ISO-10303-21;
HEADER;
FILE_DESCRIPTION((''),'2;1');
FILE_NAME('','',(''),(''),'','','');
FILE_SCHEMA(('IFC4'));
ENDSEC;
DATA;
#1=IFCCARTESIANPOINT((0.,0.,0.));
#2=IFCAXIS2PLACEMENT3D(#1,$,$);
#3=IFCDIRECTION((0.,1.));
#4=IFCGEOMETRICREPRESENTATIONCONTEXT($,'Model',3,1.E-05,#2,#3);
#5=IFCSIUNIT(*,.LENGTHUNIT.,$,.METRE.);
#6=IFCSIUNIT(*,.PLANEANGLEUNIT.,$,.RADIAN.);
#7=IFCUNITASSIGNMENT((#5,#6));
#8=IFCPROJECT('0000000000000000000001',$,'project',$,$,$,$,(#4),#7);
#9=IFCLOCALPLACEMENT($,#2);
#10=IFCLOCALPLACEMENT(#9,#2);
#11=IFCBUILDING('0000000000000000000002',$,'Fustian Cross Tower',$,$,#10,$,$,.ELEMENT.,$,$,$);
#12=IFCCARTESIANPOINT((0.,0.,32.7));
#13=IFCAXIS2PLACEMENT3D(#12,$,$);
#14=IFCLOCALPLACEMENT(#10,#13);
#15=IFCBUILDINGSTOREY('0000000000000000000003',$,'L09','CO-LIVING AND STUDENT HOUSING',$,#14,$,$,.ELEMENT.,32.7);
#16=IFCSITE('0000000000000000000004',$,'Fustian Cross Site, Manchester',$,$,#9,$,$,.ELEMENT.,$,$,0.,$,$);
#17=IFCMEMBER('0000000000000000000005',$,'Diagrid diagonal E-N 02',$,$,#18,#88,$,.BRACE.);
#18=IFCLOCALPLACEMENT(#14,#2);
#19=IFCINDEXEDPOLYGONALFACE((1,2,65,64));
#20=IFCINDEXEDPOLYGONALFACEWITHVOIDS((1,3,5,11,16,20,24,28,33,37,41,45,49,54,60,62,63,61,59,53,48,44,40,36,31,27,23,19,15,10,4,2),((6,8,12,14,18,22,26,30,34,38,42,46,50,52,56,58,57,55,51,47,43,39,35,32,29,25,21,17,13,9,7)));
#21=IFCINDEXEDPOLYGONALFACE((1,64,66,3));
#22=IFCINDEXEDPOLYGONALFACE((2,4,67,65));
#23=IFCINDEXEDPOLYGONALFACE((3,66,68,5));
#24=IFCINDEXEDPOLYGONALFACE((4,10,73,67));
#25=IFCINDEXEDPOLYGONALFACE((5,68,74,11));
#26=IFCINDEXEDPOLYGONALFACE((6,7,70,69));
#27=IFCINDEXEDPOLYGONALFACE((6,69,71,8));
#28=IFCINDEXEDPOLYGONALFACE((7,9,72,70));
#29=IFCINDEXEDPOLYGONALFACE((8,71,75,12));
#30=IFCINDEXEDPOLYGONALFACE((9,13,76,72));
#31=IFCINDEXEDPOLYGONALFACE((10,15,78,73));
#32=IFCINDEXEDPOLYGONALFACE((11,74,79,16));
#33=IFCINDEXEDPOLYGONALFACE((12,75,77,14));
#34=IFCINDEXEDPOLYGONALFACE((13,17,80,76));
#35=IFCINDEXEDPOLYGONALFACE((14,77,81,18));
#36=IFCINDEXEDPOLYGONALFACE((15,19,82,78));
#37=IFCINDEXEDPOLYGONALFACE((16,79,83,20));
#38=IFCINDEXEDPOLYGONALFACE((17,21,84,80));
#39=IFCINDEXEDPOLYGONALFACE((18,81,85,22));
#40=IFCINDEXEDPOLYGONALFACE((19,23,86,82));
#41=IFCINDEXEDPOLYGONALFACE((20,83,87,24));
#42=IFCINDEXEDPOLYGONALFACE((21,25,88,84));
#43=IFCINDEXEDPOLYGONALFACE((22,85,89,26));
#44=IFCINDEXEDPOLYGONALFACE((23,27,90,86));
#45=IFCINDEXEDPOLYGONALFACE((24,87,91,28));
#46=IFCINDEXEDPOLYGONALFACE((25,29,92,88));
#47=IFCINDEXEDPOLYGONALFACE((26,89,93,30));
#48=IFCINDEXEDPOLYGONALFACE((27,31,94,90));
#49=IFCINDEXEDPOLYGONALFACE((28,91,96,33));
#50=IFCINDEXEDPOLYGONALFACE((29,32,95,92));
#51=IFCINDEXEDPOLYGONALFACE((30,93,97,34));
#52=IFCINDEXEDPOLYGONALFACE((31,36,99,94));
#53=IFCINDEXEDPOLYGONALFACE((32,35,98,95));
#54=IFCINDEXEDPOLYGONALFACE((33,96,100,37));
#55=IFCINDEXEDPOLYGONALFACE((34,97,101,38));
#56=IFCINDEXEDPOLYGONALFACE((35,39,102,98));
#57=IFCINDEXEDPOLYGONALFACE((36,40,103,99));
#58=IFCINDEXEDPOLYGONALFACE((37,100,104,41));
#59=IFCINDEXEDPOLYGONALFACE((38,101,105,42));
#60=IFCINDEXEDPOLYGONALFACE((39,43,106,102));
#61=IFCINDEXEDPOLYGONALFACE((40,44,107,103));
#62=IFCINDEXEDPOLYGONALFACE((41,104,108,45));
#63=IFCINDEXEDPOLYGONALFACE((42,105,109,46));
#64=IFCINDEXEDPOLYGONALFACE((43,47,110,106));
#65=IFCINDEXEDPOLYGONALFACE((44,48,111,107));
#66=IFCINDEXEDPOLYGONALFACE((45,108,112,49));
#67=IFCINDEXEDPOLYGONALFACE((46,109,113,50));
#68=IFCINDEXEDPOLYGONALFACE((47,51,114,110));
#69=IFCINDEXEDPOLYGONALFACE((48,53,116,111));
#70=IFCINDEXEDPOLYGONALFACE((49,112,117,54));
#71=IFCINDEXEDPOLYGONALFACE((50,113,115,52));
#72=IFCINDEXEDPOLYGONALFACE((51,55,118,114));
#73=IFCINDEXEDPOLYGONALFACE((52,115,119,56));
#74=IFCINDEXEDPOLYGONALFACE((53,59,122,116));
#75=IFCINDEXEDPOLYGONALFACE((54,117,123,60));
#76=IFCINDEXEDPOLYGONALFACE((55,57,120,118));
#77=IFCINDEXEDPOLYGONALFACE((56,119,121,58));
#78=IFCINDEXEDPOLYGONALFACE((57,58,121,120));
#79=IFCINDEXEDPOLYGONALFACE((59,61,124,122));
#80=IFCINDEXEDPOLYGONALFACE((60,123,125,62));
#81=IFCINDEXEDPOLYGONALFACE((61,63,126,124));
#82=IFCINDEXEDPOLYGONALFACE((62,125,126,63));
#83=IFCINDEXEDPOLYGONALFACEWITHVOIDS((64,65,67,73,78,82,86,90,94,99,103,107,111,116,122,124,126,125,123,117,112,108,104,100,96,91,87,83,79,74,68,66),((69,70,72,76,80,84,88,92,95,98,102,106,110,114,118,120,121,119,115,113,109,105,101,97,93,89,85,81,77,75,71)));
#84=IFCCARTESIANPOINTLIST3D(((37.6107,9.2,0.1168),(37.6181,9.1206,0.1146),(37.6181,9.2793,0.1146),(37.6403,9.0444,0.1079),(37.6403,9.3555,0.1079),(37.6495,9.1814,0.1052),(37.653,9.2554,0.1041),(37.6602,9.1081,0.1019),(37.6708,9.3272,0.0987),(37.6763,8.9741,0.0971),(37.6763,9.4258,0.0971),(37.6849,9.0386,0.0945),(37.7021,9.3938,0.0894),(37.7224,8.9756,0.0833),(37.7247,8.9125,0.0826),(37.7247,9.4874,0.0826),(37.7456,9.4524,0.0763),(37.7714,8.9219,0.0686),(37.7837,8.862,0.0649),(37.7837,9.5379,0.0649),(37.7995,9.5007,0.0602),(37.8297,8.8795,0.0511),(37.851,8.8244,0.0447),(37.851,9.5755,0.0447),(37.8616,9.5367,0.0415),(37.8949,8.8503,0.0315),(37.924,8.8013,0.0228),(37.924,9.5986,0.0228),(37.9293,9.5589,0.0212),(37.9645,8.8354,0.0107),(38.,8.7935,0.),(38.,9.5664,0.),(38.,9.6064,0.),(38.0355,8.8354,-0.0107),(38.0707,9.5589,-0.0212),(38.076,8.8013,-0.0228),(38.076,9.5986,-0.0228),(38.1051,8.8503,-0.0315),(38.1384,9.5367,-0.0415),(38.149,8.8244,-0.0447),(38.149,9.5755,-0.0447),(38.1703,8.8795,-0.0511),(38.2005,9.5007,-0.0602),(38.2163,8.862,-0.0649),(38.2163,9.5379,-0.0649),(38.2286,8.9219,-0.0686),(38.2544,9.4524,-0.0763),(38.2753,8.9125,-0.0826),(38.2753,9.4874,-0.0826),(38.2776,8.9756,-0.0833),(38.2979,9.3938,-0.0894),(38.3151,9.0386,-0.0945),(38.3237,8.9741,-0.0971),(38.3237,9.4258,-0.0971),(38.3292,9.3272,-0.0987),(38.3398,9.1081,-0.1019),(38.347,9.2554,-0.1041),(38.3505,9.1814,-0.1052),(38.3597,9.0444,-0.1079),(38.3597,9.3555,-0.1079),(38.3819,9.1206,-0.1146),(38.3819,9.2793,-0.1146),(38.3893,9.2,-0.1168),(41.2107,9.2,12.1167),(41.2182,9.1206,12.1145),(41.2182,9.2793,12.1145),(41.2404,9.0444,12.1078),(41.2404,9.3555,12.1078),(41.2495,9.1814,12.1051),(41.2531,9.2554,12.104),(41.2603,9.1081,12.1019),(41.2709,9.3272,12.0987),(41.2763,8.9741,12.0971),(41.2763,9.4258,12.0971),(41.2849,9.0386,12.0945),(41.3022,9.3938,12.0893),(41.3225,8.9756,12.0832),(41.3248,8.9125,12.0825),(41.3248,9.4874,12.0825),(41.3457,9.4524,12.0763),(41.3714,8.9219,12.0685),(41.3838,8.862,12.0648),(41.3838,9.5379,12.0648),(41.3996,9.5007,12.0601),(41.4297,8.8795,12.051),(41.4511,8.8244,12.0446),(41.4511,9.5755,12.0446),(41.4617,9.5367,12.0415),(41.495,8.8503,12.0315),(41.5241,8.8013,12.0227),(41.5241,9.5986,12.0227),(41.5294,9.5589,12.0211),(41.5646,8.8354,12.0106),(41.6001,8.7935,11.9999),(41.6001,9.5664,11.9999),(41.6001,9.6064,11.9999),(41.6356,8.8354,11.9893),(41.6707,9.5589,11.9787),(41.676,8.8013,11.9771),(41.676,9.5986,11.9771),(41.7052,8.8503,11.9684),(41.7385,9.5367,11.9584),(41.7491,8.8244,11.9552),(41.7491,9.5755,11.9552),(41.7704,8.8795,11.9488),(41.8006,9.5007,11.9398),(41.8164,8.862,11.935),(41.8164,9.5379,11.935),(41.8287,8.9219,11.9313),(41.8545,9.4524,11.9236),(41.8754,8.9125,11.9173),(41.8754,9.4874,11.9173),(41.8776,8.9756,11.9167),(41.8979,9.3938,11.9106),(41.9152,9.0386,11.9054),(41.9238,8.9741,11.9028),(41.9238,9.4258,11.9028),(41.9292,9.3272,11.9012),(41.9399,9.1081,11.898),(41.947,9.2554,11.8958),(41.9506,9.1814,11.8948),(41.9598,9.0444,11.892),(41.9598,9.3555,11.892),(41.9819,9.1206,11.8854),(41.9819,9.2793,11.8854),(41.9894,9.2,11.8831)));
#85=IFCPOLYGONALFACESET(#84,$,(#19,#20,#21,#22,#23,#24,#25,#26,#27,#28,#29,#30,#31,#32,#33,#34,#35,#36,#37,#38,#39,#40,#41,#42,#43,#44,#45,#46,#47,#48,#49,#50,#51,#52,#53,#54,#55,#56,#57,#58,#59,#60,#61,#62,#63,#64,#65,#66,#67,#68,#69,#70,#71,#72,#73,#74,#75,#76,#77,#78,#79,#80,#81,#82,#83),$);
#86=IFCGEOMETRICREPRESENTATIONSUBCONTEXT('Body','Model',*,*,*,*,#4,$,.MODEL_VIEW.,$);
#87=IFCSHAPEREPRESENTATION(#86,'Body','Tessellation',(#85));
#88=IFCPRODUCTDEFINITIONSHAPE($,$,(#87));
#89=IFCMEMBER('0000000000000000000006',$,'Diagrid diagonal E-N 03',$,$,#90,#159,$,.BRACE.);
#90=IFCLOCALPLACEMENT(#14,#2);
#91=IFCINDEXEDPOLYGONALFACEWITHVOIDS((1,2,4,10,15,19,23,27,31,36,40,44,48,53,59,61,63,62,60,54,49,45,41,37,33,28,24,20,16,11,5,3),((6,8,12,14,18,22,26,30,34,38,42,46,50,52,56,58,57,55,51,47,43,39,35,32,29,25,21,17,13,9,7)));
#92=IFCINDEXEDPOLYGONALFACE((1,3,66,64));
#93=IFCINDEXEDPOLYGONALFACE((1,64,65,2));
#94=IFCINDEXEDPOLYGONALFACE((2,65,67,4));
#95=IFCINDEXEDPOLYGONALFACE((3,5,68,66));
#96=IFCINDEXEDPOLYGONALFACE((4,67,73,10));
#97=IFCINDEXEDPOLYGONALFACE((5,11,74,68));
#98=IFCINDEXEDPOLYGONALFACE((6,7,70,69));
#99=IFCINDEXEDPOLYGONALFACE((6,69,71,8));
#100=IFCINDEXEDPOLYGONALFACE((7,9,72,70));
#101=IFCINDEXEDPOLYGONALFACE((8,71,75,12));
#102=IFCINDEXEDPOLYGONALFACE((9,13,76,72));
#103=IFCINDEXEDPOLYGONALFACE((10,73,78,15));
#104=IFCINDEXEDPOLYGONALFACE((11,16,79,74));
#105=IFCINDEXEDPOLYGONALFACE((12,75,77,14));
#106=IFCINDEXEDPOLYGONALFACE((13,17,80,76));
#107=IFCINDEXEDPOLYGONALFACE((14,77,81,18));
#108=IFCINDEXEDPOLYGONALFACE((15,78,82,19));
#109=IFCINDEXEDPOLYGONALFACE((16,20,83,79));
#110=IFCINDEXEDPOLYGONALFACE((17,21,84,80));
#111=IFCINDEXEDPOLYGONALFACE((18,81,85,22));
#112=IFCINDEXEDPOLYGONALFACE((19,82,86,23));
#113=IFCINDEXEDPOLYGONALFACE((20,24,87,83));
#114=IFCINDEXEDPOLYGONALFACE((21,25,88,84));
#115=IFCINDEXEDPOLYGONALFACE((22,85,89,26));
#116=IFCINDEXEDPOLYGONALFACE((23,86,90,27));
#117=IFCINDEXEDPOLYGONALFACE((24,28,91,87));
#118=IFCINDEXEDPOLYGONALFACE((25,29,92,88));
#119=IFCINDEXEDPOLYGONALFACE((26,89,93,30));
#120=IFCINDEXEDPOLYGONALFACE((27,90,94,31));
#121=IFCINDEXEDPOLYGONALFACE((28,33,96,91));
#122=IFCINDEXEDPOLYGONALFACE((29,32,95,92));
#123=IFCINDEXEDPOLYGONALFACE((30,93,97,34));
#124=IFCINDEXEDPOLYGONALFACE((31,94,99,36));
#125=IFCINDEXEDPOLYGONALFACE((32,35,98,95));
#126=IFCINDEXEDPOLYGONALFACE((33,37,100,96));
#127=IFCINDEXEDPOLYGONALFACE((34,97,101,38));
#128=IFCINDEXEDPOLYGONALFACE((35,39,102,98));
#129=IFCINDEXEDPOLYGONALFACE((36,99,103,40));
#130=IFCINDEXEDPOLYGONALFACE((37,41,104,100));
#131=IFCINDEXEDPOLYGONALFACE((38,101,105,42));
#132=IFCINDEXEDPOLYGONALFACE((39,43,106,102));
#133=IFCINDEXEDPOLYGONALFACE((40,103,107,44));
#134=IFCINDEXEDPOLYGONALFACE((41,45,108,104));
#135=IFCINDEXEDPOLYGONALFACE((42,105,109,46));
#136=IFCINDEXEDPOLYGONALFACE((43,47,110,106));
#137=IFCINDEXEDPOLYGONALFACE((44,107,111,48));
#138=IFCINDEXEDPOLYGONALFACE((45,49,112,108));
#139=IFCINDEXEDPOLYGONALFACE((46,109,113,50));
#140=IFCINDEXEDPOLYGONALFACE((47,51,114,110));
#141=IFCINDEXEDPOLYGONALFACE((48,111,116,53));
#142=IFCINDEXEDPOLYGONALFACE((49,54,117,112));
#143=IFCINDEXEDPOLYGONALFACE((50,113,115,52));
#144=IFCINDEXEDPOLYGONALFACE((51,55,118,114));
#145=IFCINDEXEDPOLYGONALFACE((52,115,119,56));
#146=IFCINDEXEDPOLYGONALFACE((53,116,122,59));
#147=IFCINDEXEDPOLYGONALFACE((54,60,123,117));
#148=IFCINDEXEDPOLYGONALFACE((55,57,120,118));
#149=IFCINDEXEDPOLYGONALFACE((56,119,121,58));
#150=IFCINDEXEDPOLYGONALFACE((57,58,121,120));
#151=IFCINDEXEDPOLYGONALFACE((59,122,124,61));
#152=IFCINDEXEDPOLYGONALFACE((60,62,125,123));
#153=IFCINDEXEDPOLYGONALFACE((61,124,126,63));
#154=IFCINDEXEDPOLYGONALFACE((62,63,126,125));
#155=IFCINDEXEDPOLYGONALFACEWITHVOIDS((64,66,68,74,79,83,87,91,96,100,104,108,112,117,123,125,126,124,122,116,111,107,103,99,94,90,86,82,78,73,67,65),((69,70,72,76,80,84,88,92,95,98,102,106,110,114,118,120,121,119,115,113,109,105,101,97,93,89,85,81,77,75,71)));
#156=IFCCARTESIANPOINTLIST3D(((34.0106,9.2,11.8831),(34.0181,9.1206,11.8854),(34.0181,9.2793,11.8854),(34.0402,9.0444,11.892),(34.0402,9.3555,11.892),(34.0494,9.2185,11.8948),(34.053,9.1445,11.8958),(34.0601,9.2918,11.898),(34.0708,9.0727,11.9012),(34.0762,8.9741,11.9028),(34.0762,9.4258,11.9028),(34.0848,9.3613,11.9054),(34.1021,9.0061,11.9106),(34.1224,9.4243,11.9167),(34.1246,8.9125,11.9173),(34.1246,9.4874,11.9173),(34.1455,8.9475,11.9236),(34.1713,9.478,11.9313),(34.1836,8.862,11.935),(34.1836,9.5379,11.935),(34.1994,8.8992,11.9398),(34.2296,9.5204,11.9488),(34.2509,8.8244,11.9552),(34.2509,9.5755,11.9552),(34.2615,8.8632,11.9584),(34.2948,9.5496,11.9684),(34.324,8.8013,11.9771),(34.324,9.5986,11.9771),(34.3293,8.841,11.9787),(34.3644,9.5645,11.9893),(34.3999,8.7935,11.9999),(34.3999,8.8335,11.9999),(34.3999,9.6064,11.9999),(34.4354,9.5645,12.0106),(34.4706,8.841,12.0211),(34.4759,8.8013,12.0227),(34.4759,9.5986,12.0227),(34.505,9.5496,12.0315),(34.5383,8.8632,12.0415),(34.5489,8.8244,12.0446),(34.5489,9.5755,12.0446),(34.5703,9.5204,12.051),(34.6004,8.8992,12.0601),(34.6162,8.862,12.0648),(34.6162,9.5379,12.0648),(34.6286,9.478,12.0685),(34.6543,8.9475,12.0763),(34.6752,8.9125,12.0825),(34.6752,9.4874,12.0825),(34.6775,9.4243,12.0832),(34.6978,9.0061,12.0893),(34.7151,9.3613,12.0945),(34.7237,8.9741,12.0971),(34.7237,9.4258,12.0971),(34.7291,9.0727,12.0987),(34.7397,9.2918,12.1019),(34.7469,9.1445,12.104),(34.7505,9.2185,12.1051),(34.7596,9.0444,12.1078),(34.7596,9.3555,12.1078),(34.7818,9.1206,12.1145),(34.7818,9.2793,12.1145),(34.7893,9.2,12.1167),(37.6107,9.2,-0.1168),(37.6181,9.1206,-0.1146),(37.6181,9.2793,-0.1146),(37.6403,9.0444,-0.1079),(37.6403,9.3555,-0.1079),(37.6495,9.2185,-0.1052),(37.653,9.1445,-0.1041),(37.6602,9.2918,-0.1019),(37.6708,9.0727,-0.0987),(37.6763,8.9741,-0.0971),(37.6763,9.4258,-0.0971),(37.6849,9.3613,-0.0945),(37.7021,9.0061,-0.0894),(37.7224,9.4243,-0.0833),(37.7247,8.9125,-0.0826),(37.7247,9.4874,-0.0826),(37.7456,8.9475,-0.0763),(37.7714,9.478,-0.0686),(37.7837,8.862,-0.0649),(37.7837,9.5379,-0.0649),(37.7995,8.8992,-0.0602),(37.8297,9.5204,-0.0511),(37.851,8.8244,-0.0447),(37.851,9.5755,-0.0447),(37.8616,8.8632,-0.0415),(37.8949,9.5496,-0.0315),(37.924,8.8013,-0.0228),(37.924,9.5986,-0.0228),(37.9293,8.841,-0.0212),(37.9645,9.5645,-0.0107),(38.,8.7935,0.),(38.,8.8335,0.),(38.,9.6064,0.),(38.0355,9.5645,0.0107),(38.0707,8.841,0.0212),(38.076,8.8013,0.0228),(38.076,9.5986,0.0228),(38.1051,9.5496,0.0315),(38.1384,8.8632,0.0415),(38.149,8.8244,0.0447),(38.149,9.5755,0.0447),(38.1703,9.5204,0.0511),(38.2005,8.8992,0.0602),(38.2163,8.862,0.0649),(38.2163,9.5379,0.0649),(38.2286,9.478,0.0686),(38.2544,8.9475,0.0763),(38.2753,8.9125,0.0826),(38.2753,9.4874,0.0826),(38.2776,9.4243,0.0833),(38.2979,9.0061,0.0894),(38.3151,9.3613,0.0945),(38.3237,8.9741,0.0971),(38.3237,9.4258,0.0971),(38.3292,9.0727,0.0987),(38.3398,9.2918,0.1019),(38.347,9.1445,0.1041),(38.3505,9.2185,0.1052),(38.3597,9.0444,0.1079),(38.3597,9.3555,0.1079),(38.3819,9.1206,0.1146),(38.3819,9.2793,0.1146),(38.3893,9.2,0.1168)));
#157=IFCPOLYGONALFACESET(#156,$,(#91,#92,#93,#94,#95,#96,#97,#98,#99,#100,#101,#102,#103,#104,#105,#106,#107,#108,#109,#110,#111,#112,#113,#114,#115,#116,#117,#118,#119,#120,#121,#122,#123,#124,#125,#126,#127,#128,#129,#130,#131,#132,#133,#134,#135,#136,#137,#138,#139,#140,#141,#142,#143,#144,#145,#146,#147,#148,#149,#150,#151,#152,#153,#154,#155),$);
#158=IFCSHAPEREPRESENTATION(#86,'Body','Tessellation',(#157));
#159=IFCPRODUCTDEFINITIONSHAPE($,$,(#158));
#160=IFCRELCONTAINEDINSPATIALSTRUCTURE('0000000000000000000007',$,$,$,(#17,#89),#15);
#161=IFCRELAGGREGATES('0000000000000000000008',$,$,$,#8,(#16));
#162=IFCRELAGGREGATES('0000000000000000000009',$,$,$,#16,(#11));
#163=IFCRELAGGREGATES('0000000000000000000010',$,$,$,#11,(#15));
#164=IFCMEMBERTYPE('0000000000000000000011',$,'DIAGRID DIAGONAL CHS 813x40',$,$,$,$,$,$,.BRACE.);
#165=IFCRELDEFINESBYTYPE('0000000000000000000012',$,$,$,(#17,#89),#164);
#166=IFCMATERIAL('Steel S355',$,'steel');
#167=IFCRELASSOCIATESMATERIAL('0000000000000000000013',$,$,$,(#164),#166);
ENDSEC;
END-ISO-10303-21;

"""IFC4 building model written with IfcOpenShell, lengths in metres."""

from ifc_helpers import new_model, si_unit, direction, frame, origin, origin_2d, place, context, subcontext, project, spatial, hollow_circle, extrude, material, material_profile, profile_set, type_object, element, save


model = new_model("IFC4")

# Units and contexts
model_context = context("Model", 3, precision=1e-05, world=origin(), true_north=direction((0.0, 1.0)))
body_context = subcontext(model_context, "Body", "Model", "MODEL_VIEW")
ifc_project = project(units=[si_unit("LENGTHUNIT", "METRE"), si_unit("PLANEANGLEUNIT", "RADIAN")], contexts=[model_context])

# Site, building, storey
site_placement = place(None, origin())
site = spatial("IfcSite", under=ifc_project, at=site_placement, Name="Fustian Cross Site, Manchester", CompositionType="ELEMENT", RefElevation=0.0)
building_placement = place(site_placement, origin())
building = spatial("IfcBuilding", under=site, at=building_placement, Name="Fustian Cross Tower", CompositionType="ELEMENT")
storey_placement = place(building_placement, frame((0.0, 0.0, 32.7)))
storey = spatial("IfcBuildingStorey", under=building, at=storey_placement, Name="L09", Description="CO-LIVING AND STUDENT HOUSING", CompositionType="ELEMENT", Elevation=32.7)

# Members
ifc_material_1 = material(Name="Steel S355", Category="steel")
ifc_material_profile_1 = material_profile(ifc_material_1, hollow_circle(Radius=0.4065, WallThickness=0.04, at=origin_2d()), Name="CHS 813x40")
ifc_profile_set_1 = profile_set([ifc_material_profile_1], Name="Steel S355")
member_type_1 = type_object("IfcMemberType", Name="DIAGRID DIAGONAL CHS 813x40", PredefinedType="BRACE", material=ifc_profile_set_1)
for number, where, z_axis, x_axis, name in (
    (1, (38.0, 9.2, 0.0), (0.287355, 0.0, 0.957824), (0.0, 1.0, 0.0), "Diagrid diagonal E-N 02"),
    (2, (38.0, 9.2, 0.0), (-0.287355, 0.0, 0.957824), (0.0, -1.0, 0.0), "Diagrid diagonal E-N 03"),
):
    element("IfcMember", number, at=place(storey_placement, frame(where, z_axis=z_axis, x_axis=x_axis)), inside=storey, type_object=member_type_1, Name=name, PredefinedType="BRACE", context=body_context, shape_type="SweptSolid", body=[
        extrude(hollow_circle(Radius=0.4065, WallThickness=0.04, at=origin_2d()), origin(), (0.0, 0.0, 1.0), 12.5283),
    ])

save(model, "model.ifc")
